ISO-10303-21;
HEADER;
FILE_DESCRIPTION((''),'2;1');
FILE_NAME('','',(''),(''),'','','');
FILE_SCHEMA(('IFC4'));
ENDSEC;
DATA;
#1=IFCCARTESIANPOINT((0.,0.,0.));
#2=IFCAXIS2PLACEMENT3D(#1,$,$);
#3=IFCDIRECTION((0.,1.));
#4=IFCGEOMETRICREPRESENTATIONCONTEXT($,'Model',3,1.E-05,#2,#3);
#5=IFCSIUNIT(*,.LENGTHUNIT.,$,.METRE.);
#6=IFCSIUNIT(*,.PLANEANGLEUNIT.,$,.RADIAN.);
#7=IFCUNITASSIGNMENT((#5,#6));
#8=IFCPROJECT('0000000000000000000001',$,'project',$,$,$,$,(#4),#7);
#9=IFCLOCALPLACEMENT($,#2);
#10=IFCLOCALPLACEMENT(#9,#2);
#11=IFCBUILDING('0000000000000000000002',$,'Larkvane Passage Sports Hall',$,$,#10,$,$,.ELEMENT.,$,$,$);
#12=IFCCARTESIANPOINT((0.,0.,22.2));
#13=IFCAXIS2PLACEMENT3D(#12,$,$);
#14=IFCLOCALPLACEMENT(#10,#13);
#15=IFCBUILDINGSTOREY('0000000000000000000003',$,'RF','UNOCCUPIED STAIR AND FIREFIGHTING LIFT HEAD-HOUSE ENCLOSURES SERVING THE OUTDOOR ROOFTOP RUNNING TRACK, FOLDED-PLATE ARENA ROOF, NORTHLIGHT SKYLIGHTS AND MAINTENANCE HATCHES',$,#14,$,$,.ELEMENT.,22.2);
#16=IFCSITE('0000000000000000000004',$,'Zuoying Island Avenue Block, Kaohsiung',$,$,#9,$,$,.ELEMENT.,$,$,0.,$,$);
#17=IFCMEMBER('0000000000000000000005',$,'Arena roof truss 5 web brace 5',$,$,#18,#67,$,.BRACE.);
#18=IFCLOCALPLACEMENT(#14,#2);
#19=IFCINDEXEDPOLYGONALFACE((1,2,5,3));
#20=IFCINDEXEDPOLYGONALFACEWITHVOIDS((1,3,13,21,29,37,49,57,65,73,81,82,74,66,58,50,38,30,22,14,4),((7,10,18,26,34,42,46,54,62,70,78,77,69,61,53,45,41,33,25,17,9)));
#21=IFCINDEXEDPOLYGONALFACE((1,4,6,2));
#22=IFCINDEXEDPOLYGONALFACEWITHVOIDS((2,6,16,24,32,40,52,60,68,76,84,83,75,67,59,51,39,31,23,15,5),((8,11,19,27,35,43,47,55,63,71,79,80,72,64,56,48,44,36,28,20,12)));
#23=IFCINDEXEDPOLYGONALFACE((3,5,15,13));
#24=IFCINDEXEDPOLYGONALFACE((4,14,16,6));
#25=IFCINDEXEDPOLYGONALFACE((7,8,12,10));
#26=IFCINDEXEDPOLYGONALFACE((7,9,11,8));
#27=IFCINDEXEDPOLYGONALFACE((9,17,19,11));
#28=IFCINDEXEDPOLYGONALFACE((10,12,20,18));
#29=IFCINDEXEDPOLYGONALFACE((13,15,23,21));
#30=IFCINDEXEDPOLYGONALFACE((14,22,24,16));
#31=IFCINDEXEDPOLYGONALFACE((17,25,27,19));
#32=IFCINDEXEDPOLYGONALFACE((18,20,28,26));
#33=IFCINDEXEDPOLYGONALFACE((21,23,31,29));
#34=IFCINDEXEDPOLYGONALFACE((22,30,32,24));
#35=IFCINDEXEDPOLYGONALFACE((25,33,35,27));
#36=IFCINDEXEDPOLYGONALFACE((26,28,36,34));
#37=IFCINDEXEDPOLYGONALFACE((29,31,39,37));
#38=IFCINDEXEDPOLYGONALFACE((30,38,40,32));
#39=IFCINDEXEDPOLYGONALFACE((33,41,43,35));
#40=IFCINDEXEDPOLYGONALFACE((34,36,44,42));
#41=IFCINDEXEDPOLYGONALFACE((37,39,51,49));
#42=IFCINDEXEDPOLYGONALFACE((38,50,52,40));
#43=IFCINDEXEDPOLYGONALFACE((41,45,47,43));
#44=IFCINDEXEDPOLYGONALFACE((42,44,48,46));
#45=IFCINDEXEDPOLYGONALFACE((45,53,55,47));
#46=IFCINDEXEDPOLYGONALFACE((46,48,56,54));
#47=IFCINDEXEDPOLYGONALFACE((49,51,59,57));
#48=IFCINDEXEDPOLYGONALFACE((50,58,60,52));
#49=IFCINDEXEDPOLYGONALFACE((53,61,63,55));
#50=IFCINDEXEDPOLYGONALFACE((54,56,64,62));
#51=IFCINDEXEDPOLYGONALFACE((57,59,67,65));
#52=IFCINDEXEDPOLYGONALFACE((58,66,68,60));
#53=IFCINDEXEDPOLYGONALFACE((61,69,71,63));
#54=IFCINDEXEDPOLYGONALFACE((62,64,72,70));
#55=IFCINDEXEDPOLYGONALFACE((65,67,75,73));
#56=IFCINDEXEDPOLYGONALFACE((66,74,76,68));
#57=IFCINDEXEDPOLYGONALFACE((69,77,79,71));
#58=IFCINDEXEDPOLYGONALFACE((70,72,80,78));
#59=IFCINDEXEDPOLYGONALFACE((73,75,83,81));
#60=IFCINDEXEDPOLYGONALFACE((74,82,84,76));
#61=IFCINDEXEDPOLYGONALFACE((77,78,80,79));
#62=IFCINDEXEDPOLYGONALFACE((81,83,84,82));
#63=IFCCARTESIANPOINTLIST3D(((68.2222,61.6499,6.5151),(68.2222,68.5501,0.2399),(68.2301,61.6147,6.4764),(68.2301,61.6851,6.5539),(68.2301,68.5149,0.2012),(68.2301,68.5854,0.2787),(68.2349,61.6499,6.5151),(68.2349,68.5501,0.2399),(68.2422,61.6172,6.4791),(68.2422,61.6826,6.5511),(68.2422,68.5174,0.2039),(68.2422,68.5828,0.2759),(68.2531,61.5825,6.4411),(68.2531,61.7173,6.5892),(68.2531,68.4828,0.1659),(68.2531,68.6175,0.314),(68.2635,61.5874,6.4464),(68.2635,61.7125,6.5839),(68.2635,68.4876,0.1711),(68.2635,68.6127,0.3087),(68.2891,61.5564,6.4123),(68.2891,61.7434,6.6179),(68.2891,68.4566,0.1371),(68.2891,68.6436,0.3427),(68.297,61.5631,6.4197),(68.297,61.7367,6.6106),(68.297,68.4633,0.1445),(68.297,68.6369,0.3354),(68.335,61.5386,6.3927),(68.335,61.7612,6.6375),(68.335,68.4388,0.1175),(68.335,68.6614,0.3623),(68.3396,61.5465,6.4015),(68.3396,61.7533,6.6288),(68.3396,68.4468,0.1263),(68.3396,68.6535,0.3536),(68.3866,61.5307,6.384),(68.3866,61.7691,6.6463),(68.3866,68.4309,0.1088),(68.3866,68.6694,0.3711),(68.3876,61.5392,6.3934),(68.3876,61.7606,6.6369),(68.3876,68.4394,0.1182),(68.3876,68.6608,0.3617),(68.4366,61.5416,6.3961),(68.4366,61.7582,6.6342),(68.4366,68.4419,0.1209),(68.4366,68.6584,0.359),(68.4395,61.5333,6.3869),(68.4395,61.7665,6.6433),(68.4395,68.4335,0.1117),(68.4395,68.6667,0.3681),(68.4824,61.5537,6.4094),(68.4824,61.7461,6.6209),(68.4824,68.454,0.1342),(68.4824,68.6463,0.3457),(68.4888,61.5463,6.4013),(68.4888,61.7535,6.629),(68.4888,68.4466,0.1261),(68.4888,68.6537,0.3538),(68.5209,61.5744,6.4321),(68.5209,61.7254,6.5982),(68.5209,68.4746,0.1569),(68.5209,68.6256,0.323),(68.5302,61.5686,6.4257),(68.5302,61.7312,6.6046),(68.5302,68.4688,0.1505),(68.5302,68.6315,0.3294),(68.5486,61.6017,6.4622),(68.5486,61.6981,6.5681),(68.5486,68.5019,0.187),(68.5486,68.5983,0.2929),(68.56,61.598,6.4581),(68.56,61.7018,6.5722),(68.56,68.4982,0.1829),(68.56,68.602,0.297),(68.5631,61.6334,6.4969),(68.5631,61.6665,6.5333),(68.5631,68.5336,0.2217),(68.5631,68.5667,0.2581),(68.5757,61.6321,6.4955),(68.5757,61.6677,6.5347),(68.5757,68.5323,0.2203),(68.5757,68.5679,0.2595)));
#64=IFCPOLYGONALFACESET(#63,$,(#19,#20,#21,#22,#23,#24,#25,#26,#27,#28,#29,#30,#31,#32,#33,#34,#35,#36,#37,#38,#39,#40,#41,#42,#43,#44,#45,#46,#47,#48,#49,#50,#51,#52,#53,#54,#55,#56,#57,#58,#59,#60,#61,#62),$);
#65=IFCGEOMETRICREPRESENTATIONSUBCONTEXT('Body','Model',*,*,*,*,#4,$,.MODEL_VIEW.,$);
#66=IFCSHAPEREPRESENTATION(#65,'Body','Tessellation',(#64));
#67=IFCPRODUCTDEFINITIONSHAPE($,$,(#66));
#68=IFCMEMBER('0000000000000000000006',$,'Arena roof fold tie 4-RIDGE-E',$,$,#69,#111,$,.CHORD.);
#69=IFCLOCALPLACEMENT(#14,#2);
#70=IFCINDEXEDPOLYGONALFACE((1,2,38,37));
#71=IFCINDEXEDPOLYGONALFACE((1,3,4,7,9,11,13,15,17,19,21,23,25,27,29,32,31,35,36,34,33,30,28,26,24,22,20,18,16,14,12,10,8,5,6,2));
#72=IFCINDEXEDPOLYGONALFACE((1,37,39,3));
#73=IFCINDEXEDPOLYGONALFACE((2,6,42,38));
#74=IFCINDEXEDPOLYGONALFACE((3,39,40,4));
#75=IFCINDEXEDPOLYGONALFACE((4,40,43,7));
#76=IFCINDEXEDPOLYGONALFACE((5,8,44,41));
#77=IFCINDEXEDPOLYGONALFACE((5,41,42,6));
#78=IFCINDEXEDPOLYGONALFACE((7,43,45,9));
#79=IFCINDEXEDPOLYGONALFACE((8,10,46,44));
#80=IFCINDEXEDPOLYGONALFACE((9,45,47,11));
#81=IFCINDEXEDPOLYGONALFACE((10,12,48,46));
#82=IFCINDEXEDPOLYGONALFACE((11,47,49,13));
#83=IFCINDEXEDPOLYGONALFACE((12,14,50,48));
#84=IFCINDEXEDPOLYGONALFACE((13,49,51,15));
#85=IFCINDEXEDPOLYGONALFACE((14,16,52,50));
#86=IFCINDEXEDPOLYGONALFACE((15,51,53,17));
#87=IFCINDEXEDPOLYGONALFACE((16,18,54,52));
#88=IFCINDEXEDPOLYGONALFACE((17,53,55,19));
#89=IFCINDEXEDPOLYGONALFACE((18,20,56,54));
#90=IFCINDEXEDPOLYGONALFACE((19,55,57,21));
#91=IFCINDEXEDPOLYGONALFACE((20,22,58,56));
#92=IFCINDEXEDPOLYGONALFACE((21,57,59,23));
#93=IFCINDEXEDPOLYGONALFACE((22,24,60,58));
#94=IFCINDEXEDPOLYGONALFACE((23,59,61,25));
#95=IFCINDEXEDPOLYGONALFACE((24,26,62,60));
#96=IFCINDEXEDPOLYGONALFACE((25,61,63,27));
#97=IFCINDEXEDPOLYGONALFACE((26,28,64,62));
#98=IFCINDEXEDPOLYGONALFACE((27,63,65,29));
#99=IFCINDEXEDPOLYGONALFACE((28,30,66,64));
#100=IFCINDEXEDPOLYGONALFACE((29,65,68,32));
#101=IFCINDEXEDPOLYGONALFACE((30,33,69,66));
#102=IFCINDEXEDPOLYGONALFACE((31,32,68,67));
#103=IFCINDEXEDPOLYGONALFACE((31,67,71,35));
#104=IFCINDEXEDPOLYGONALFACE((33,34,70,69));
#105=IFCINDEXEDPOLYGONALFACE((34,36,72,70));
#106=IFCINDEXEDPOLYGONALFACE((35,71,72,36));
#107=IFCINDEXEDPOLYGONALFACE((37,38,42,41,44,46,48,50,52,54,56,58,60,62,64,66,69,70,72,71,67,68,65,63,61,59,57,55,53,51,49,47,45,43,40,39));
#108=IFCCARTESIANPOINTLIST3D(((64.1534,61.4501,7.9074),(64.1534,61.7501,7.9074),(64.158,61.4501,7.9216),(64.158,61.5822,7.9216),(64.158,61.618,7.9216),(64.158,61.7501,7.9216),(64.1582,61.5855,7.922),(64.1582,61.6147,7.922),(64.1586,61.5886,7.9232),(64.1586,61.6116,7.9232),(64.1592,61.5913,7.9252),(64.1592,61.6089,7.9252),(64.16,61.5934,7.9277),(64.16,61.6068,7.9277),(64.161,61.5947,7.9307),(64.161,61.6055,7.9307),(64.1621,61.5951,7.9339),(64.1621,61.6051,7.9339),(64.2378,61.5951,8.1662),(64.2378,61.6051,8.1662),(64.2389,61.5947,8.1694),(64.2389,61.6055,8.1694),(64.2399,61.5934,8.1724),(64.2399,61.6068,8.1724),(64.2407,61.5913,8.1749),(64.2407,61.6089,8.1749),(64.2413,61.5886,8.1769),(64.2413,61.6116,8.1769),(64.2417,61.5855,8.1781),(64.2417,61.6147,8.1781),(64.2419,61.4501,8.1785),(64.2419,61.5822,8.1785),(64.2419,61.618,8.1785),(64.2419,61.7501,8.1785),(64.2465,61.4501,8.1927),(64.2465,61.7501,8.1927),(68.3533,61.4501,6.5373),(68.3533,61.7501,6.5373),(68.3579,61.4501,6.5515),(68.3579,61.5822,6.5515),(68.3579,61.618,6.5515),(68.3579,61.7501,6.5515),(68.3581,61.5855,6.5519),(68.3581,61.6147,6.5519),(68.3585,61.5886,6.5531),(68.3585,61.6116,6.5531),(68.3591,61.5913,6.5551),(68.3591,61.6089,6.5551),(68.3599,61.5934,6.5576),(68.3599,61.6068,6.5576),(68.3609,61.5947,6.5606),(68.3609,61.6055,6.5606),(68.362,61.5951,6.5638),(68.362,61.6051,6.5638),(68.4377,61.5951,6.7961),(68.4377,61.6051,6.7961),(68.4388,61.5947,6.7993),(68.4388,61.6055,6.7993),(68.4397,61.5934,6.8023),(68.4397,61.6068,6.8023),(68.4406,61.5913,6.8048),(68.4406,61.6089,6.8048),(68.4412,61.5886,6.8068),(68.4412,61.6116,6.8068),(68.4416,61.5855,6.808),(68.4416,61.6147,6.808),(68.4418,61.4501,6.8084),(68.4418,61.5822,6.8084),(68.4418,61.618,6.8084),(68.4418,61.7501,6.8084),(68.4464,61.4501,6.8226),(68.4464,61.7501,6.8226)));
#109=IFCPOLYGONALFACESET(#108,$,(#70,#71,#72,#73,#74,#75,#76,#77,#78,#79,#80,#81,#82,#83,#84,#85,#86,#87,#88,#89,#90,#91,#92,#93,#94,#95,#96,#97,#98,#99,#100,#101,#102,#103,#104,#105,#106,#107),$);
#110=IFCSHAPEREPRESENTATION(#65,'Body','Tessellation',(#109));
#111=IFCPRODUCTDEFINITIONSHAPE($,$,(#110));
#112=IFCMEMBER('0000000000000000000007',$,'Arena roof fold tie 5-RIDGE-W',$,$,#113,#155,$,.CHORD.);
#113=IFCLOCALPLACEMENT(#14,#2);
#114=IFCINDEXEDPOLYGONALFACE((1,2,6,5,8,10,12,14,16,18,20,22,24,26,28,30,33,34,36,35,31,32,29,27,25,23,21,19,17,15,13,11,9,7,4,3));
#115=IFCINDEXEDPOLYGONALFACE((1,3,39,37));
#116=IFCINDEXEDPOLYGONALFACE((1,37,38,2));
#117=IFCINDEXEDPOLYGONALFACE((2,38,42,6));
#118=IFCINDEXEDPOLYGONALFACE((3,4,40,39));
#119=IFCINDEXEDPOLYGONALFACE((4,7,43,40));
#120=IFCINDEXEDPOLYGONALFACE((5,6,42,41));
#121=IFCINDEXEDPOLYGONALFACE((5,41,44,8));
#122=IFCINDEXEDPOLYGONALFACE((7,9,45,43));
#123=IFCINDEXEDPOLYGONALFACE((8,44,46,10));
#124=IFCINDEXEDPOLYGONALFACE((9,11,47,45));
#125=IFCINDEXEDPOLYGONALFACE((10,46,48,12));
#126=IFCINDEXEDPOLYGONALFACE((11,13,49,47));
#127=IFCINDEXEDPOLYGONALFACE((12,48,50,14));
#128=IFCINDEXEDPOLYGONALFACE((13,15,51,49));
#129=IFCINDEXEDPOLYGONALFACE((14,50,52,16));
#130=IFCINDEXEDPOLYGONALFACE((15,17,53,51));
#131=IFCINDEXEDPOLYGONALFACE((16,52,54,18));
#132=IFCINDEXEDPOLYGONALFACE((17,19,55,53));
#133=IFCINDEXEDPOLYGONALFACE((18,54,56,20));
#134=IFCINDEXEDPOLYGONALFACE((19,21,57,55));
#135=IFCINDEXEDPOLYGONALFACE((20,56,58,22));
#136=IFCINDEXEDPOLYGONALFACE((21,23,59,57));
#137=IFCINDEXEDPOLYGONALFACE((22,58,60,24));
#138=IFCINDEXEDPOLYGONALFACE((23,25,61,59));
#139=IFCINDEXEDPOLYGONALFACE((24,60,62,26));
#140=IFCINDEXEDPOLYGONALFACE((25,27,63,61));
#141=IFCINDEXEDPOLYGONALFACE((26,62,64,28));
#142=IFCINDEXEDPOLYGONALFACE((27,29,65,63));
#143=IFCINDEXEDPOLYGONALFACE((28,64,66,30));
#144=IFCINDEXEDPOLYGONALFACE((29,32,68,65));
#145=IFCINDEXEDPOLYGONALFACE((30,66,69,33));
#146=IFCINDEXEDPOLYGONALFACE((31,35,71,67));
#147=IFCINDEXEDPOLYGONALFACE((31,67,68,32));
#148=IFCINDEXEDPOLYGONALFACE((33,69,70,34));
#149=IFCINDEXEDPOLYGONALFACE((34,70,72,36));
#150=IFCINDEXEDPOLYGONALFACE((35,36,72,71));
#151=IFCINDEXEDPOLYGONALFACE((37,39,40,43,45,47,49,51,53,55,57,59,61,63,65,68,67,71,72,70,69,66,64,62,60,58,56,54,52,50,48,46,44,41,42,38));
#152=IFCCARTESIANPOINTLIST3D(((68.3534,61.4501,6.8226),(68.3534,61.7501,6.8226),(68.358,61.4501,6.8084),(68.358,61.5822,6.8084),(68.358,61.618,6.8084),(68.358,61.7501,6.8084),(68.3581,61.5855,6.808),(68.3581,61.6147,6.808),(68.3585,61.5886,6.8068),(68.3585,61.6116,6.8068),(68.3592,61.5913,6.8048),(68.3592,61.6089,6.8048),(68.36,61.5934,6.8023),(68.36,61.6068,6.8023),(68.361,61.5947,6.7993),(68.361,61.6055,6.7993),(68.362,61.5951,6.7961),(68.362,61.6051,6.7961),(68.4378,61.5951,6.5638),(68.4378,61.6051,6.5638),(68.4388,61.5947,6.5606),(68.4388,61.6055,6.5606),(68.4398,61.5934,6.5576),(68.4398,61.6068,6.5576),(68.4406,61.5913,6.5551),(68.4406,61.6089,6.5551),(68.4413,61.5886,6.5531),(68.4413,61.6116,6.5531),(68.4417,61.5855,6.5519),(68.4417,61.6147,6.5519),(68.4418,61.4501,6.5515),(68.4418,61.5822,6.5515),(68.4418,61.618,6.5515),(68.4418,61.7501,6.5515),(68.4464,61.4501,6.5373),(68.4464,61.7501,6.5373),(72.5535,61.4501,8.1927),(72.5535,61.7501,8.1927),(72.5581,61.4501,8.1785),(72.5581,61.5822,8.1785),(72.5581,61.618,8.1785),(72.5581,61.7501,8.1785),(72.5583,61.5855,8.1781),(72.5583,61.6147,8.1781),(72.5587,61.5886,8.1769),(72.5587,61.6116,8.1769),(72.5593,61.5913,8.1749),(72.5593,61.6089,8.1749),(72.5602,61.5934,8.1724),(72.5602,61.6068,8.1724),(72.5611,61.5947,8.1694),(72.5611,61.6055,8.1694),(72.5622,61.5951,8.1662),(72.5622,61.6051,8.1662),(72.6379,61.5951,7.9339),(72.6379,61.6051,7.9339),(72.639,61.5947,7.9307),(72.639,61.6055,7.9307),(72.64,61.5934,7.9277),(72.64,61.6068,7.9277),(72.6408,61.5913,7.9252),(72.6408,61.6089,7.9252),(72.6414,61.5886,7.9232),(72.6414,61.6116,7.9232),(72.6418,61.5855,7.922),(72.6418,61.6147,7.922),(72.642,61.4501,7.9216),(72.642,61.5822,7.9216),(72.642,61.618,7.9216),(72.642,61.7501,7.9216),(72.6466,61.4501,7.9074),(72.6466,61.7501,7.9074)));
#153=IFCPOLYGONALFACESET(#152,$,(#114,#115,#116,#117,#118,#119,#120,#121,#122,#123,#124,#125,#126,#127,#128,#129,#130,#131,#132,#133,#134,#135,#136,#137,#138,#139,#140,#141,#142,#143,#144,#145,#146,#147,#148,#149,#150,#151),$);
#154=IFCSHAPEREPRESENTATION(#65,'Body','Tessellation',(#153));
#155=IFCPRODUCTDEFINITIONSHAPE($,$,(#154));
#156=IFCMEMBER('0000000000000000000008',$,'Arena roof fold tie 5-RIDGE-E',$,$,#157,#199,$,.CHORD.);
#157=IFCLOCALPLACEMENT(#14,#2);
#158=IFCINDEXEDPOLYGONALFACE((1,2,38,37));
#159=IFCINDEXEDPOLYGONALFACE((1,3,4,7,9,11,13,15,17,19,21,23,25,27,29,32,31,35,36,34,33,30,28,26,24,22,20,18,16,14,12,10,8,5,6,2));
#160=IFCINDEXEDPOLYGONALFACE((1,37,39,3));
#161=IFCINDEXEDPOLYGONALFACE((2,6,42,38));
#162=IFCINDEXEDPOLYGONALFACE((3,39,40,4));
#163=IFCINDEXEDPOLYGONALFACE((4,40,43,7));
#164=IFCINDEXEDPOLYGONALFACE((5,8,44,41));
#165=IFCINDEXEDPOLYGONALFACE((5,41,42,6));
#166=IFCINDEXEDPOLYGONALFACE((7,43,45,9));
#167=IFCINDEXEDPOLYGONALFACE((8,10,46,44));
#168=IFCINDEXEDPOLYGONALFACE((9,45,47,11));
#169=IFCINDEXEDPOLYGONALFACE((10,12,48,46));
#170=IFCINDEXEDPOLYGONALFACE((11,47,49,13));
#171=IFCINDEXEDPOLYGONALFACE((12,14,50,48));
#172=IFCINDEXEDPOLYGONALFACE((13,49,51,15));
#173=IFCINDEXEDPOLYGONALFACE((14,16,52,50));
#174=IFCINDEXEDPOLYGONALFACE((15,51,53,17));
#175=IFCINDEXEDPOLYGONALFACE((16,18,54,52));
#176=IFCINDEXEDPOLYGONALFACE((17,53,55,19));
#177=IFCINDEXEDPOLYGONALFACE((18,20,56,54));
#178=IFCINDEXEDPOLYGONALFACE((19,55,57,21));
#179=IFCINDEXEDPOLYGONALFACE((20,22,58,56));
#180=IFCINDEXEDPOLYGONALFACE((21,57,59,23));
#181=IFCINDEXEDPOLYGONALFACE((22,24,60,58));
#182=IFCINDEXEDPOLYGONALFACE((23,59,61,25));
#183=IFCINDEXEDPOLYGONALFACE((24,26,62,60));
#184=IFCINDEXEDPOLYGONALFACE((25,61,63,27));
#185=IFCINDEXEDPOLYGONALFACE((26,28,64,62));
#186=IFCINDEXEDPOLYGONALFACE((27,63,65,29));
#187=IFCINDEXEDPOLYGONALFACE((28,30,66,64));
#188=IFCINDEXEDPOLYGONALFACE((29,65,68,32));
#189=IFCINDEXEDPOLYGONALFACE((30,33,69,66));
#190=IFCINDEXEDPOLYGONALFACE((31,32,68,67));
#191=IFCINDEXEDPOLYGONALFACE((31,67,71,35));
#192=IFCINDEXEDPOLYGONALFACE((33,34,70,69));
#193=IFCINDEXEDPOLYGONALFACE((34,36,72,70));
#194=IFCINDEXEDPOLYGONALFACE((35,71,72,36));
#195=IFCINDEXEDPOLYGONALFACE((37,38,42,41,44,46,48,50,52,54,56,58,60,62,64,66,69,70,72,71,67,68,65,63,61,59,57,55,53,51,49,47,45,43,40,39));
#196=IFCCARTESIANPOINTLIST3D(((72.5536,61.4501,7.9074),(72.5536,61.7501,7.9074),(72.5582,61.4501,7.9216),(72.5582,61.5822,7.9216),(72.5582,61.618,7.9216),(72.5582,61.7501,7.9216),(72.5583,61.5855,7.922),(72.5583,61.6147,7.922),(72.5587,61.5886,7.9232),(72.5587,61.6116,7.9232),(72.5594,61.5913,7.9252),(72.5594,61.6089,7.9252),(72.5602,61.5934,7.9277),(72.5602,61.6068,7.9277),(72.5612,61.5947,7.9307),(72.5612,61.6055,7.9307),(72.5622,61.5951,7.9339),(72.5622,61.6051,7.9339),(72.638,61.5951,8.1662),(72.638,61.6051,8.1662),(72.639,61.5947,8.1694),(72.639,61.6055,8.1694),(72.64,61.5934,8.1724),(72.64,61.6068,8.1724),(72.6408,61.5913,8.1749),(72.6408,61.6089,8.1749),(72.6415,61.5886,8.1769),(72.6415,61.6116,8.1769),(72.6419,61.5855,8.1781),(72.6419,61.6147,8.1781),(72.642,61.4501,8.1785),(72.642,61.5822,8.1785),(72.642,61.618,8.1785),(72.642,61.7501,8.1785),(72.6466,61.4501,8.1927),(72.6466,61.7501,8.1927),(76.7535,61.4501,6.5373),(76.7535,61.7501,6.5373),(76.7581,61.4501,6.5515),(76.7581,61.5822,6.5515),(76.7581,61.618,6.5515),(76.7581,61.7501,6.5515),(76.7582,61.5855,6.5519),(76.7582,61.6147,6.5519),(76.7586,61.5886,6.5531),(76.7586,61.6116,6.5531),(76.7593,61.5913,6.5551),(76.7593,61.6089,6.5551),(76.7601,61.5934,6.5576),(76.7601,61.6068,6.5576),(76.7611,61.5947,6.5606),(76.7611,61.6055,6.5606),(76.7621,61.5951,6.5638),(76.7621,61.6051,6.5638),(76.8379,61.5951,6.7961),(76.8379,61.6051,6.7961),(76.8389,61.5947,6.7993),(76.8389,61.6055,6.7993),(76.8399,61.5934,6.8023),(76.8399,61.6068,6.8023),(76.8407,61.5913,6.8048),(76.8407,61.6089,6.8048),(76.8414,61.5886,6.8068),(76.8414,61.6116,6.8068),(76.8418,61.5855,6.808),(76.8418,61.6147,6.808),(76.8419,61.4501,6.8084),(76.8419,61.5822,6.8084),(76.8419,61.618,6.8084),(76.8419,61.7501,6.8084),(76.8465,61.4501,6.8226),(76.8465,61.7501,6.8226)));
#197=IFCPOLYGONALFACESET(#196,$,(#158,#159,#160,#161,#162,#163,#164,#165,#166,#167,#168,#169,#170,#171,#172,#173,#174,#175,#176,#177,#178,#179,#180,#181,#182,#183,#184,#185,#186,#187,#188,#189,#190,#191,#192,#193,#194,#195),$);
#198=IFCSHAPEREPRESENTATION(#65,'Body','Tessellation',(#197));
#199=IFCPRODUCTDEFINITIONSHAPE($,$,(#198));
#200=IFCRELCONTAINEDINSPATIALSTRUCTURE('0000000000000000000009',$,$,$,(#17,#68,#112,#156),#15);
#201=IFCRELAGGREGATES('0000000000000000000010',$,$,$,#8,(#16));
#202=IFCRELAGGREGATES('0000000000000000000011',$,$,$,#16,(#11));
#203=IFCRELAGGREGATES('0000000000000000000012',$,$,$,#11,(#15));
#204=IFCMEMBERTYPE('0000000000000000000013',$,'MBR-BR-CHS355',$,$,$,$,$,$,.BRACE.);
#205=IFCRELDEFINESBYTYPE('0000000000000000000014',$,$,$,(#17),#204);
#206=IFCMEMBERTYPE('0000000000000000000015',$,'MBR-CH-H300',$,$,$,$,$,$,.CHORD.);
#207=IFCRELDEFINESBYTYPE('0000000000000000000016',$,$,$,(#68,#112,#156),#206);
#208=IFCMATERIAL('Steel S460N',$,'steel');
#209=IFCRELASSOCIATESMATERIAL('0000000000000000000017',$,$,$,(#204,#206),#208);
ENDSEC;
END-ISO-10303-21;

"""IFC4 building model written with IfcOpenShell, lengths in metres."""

from ifc_helpers import new_model, si_unit, direction, frame, origin, origin_2d, place, context, subcontext, project, spatial, hollow_circle, i_section, extrude, material, material_profile, profile_set, type_object, element, save


model = new_model("IFC4")

# Units and contexts
model_context = context("Model", 3, precision=1e-05, world=origin(), true_north=direction((0.0, 1.0)))
body_context = subcontext(model_context, "Body", "Model", "MODEL_VIEW")
ifc_project = project(units=[si_unit("LENGTHUNIT", "METRE"), si_unit("PLANEANGLEUNIT", "RADIAN")], contexts=[model_context])

# Site, building, storey
site_placement = place(None, origin())
site = spatial("IfcSite", under=ifc_project, at=site_placement, Name="Zuoying Island Avenue Block, Kaohsiung", CompositionType="ELEMENT", RefElevation=0.0)
building_placement = place(site_placement, origin())
building = spatial("IfcBuilding", under=site, at=building_placement, Name="Larkvane Passage Sports Hall", CompositionType="ELEMENT")
storey_placement = place(building_placement, frame((0.0, 0.0, 22.2)))
storey = spatial("IfcBuildingStorey", under=building, at=storey_placement, Name="RF", Description="UNOCCUPIED STAIR AND FIREFIGHTING LIFT HEAD-HOUSE ENCLOSURES SERVING THE OUTDOOR ROOFTOP RUNNING TRACK, FOLDED-PLATE ARENA ROOF, NORTHLIGHT SKYLIGHTS AND MAINTENANCE HATCHES", CompositionType="ELEMENT", Elevation=22.2)

# Members
ifc_material_1 = material(Name="Steel S460N", Category="steel")
ifc_material_profile_1 = material_profile(ifc_material_1, hollow_circle(Radius=0.1777, WallThickness=0.0127, at=origin_2d()), Name="CHS-355.6x12.7")
ifc_profile_set_1 = profile_set([ifc_material_profile_1], Name="Steel S460N")
member_type_1 = type_object("IfcMemberType", Name="MBR-BR-CHS355", PredefinedType="BRACE", material=ifc_profile_set_1)
member_1_placement = place(storey_placement, frame((68.3999, 61.6499, 6.5151), z_axis=(0.0, 0.739818, -0.672807), x_axis=(-1.0, 0.0, 0.0)))
element("IfcMember", 1, at=member_1_placement, inside=storey, type_object=member_type_1, Name="Arena roof truss 5 web brace 5", PredefinedType="BRACE", context=body_context, shape_type="SweptSolid", body=[
    extrude(hollow_circle(Radius=0.1777, WallThickness=0.0127, at=origin_2d()), origin(), (0.0, 0.0, 1.0), 9.3269),
])
ifc_material_profile_2 = material_profile(ifc_material_1, i_section(OverallWidth=0.3, OverallDepth=0.3, WebThickness=0.01, FlangeThickness=0.0149, FilletRadius=0.0129, at=origin_2d()), Name="H-300x300x10x15")
ifc_profile_set_2 = profile_set([ifc_material_profile_2], Name="Steel S460N")
member_type_2 = type_object("IfcMemberType", Name="MBR-CH-H300", PredefinedType="CHORD", material=ifc_profile_set_2)
member_2_placement = place(storey_placement, frame((64.2, 61.6001, 8.05), z_axis=(0.950692, 0.0, -0.310137), x_axis=(0.0, 1.0, 0.0)))
element("IfcMember", 2, at=member_2_placement, inside=storey, type_object=member_type_2, Name="Arena roof fold tie 4-RIDGE-E", PredefinedType="CHORD", context=body_context, shape_type="SweptSolid", body=[
    extrude(i_section(OverallWidth=0.3, OverallDepth=0.3, WebThickness=0.01, FlangeThickness=0.0149, FilletRadius=0.0129, at=origin_2d()), origin(), (0.0, 0.0, 1.0), 4.4177),
])
member_3_placement = place(storey_placement, frame((68.3999, 61.6001, 6.6799), z_axis=(0.950697, 0.0, 0.31012), x_axis=(0.0, 1.0, 0.0)))
element("IfcMember", 3, at=member_3_placement, inside=storey, type_object=member_type_2, Name="Arena roof fold tie 5-RIDGE-W", PredefinedType="CHORD", context=body_context, shape_type="SweptSolid", body=[
    extrude(i_section(OverallWidth=0.3, OverallDepth=0.3, WebThickness=0.01, FlangeThickness=0.0149, FilletRadius=0.0129, at=origin_2d()), origin(), (0.0, 0.0, 1.0), 4.418),
])
member_4_placement = place(storey_placement, frame((72.6001, 61.6001, 8.05), z_axis=(0.950692, 0.0, -0.310137), x_axis=(0.0, 1.0, 0.0)))
element("IfcMember", 4, at=member_4_placement, inside=storey, type_object=member_type_2, Name="Arena roof fold tie 5-RIDGE-E", PredefinedType="CHORD", context=body_context, shape_type="SweptSolid", body=[
    extrude(i_section(OverallWidth=0.3, OverallDepth=0.3, WebThickness=0.01, FlangeThickness=0.0149, FilletRadius=0.0129, at=origin_2d()), origin(), (0.0, 0.0, 1.0), 4.4177),
])

save(model, "model.ifc")
